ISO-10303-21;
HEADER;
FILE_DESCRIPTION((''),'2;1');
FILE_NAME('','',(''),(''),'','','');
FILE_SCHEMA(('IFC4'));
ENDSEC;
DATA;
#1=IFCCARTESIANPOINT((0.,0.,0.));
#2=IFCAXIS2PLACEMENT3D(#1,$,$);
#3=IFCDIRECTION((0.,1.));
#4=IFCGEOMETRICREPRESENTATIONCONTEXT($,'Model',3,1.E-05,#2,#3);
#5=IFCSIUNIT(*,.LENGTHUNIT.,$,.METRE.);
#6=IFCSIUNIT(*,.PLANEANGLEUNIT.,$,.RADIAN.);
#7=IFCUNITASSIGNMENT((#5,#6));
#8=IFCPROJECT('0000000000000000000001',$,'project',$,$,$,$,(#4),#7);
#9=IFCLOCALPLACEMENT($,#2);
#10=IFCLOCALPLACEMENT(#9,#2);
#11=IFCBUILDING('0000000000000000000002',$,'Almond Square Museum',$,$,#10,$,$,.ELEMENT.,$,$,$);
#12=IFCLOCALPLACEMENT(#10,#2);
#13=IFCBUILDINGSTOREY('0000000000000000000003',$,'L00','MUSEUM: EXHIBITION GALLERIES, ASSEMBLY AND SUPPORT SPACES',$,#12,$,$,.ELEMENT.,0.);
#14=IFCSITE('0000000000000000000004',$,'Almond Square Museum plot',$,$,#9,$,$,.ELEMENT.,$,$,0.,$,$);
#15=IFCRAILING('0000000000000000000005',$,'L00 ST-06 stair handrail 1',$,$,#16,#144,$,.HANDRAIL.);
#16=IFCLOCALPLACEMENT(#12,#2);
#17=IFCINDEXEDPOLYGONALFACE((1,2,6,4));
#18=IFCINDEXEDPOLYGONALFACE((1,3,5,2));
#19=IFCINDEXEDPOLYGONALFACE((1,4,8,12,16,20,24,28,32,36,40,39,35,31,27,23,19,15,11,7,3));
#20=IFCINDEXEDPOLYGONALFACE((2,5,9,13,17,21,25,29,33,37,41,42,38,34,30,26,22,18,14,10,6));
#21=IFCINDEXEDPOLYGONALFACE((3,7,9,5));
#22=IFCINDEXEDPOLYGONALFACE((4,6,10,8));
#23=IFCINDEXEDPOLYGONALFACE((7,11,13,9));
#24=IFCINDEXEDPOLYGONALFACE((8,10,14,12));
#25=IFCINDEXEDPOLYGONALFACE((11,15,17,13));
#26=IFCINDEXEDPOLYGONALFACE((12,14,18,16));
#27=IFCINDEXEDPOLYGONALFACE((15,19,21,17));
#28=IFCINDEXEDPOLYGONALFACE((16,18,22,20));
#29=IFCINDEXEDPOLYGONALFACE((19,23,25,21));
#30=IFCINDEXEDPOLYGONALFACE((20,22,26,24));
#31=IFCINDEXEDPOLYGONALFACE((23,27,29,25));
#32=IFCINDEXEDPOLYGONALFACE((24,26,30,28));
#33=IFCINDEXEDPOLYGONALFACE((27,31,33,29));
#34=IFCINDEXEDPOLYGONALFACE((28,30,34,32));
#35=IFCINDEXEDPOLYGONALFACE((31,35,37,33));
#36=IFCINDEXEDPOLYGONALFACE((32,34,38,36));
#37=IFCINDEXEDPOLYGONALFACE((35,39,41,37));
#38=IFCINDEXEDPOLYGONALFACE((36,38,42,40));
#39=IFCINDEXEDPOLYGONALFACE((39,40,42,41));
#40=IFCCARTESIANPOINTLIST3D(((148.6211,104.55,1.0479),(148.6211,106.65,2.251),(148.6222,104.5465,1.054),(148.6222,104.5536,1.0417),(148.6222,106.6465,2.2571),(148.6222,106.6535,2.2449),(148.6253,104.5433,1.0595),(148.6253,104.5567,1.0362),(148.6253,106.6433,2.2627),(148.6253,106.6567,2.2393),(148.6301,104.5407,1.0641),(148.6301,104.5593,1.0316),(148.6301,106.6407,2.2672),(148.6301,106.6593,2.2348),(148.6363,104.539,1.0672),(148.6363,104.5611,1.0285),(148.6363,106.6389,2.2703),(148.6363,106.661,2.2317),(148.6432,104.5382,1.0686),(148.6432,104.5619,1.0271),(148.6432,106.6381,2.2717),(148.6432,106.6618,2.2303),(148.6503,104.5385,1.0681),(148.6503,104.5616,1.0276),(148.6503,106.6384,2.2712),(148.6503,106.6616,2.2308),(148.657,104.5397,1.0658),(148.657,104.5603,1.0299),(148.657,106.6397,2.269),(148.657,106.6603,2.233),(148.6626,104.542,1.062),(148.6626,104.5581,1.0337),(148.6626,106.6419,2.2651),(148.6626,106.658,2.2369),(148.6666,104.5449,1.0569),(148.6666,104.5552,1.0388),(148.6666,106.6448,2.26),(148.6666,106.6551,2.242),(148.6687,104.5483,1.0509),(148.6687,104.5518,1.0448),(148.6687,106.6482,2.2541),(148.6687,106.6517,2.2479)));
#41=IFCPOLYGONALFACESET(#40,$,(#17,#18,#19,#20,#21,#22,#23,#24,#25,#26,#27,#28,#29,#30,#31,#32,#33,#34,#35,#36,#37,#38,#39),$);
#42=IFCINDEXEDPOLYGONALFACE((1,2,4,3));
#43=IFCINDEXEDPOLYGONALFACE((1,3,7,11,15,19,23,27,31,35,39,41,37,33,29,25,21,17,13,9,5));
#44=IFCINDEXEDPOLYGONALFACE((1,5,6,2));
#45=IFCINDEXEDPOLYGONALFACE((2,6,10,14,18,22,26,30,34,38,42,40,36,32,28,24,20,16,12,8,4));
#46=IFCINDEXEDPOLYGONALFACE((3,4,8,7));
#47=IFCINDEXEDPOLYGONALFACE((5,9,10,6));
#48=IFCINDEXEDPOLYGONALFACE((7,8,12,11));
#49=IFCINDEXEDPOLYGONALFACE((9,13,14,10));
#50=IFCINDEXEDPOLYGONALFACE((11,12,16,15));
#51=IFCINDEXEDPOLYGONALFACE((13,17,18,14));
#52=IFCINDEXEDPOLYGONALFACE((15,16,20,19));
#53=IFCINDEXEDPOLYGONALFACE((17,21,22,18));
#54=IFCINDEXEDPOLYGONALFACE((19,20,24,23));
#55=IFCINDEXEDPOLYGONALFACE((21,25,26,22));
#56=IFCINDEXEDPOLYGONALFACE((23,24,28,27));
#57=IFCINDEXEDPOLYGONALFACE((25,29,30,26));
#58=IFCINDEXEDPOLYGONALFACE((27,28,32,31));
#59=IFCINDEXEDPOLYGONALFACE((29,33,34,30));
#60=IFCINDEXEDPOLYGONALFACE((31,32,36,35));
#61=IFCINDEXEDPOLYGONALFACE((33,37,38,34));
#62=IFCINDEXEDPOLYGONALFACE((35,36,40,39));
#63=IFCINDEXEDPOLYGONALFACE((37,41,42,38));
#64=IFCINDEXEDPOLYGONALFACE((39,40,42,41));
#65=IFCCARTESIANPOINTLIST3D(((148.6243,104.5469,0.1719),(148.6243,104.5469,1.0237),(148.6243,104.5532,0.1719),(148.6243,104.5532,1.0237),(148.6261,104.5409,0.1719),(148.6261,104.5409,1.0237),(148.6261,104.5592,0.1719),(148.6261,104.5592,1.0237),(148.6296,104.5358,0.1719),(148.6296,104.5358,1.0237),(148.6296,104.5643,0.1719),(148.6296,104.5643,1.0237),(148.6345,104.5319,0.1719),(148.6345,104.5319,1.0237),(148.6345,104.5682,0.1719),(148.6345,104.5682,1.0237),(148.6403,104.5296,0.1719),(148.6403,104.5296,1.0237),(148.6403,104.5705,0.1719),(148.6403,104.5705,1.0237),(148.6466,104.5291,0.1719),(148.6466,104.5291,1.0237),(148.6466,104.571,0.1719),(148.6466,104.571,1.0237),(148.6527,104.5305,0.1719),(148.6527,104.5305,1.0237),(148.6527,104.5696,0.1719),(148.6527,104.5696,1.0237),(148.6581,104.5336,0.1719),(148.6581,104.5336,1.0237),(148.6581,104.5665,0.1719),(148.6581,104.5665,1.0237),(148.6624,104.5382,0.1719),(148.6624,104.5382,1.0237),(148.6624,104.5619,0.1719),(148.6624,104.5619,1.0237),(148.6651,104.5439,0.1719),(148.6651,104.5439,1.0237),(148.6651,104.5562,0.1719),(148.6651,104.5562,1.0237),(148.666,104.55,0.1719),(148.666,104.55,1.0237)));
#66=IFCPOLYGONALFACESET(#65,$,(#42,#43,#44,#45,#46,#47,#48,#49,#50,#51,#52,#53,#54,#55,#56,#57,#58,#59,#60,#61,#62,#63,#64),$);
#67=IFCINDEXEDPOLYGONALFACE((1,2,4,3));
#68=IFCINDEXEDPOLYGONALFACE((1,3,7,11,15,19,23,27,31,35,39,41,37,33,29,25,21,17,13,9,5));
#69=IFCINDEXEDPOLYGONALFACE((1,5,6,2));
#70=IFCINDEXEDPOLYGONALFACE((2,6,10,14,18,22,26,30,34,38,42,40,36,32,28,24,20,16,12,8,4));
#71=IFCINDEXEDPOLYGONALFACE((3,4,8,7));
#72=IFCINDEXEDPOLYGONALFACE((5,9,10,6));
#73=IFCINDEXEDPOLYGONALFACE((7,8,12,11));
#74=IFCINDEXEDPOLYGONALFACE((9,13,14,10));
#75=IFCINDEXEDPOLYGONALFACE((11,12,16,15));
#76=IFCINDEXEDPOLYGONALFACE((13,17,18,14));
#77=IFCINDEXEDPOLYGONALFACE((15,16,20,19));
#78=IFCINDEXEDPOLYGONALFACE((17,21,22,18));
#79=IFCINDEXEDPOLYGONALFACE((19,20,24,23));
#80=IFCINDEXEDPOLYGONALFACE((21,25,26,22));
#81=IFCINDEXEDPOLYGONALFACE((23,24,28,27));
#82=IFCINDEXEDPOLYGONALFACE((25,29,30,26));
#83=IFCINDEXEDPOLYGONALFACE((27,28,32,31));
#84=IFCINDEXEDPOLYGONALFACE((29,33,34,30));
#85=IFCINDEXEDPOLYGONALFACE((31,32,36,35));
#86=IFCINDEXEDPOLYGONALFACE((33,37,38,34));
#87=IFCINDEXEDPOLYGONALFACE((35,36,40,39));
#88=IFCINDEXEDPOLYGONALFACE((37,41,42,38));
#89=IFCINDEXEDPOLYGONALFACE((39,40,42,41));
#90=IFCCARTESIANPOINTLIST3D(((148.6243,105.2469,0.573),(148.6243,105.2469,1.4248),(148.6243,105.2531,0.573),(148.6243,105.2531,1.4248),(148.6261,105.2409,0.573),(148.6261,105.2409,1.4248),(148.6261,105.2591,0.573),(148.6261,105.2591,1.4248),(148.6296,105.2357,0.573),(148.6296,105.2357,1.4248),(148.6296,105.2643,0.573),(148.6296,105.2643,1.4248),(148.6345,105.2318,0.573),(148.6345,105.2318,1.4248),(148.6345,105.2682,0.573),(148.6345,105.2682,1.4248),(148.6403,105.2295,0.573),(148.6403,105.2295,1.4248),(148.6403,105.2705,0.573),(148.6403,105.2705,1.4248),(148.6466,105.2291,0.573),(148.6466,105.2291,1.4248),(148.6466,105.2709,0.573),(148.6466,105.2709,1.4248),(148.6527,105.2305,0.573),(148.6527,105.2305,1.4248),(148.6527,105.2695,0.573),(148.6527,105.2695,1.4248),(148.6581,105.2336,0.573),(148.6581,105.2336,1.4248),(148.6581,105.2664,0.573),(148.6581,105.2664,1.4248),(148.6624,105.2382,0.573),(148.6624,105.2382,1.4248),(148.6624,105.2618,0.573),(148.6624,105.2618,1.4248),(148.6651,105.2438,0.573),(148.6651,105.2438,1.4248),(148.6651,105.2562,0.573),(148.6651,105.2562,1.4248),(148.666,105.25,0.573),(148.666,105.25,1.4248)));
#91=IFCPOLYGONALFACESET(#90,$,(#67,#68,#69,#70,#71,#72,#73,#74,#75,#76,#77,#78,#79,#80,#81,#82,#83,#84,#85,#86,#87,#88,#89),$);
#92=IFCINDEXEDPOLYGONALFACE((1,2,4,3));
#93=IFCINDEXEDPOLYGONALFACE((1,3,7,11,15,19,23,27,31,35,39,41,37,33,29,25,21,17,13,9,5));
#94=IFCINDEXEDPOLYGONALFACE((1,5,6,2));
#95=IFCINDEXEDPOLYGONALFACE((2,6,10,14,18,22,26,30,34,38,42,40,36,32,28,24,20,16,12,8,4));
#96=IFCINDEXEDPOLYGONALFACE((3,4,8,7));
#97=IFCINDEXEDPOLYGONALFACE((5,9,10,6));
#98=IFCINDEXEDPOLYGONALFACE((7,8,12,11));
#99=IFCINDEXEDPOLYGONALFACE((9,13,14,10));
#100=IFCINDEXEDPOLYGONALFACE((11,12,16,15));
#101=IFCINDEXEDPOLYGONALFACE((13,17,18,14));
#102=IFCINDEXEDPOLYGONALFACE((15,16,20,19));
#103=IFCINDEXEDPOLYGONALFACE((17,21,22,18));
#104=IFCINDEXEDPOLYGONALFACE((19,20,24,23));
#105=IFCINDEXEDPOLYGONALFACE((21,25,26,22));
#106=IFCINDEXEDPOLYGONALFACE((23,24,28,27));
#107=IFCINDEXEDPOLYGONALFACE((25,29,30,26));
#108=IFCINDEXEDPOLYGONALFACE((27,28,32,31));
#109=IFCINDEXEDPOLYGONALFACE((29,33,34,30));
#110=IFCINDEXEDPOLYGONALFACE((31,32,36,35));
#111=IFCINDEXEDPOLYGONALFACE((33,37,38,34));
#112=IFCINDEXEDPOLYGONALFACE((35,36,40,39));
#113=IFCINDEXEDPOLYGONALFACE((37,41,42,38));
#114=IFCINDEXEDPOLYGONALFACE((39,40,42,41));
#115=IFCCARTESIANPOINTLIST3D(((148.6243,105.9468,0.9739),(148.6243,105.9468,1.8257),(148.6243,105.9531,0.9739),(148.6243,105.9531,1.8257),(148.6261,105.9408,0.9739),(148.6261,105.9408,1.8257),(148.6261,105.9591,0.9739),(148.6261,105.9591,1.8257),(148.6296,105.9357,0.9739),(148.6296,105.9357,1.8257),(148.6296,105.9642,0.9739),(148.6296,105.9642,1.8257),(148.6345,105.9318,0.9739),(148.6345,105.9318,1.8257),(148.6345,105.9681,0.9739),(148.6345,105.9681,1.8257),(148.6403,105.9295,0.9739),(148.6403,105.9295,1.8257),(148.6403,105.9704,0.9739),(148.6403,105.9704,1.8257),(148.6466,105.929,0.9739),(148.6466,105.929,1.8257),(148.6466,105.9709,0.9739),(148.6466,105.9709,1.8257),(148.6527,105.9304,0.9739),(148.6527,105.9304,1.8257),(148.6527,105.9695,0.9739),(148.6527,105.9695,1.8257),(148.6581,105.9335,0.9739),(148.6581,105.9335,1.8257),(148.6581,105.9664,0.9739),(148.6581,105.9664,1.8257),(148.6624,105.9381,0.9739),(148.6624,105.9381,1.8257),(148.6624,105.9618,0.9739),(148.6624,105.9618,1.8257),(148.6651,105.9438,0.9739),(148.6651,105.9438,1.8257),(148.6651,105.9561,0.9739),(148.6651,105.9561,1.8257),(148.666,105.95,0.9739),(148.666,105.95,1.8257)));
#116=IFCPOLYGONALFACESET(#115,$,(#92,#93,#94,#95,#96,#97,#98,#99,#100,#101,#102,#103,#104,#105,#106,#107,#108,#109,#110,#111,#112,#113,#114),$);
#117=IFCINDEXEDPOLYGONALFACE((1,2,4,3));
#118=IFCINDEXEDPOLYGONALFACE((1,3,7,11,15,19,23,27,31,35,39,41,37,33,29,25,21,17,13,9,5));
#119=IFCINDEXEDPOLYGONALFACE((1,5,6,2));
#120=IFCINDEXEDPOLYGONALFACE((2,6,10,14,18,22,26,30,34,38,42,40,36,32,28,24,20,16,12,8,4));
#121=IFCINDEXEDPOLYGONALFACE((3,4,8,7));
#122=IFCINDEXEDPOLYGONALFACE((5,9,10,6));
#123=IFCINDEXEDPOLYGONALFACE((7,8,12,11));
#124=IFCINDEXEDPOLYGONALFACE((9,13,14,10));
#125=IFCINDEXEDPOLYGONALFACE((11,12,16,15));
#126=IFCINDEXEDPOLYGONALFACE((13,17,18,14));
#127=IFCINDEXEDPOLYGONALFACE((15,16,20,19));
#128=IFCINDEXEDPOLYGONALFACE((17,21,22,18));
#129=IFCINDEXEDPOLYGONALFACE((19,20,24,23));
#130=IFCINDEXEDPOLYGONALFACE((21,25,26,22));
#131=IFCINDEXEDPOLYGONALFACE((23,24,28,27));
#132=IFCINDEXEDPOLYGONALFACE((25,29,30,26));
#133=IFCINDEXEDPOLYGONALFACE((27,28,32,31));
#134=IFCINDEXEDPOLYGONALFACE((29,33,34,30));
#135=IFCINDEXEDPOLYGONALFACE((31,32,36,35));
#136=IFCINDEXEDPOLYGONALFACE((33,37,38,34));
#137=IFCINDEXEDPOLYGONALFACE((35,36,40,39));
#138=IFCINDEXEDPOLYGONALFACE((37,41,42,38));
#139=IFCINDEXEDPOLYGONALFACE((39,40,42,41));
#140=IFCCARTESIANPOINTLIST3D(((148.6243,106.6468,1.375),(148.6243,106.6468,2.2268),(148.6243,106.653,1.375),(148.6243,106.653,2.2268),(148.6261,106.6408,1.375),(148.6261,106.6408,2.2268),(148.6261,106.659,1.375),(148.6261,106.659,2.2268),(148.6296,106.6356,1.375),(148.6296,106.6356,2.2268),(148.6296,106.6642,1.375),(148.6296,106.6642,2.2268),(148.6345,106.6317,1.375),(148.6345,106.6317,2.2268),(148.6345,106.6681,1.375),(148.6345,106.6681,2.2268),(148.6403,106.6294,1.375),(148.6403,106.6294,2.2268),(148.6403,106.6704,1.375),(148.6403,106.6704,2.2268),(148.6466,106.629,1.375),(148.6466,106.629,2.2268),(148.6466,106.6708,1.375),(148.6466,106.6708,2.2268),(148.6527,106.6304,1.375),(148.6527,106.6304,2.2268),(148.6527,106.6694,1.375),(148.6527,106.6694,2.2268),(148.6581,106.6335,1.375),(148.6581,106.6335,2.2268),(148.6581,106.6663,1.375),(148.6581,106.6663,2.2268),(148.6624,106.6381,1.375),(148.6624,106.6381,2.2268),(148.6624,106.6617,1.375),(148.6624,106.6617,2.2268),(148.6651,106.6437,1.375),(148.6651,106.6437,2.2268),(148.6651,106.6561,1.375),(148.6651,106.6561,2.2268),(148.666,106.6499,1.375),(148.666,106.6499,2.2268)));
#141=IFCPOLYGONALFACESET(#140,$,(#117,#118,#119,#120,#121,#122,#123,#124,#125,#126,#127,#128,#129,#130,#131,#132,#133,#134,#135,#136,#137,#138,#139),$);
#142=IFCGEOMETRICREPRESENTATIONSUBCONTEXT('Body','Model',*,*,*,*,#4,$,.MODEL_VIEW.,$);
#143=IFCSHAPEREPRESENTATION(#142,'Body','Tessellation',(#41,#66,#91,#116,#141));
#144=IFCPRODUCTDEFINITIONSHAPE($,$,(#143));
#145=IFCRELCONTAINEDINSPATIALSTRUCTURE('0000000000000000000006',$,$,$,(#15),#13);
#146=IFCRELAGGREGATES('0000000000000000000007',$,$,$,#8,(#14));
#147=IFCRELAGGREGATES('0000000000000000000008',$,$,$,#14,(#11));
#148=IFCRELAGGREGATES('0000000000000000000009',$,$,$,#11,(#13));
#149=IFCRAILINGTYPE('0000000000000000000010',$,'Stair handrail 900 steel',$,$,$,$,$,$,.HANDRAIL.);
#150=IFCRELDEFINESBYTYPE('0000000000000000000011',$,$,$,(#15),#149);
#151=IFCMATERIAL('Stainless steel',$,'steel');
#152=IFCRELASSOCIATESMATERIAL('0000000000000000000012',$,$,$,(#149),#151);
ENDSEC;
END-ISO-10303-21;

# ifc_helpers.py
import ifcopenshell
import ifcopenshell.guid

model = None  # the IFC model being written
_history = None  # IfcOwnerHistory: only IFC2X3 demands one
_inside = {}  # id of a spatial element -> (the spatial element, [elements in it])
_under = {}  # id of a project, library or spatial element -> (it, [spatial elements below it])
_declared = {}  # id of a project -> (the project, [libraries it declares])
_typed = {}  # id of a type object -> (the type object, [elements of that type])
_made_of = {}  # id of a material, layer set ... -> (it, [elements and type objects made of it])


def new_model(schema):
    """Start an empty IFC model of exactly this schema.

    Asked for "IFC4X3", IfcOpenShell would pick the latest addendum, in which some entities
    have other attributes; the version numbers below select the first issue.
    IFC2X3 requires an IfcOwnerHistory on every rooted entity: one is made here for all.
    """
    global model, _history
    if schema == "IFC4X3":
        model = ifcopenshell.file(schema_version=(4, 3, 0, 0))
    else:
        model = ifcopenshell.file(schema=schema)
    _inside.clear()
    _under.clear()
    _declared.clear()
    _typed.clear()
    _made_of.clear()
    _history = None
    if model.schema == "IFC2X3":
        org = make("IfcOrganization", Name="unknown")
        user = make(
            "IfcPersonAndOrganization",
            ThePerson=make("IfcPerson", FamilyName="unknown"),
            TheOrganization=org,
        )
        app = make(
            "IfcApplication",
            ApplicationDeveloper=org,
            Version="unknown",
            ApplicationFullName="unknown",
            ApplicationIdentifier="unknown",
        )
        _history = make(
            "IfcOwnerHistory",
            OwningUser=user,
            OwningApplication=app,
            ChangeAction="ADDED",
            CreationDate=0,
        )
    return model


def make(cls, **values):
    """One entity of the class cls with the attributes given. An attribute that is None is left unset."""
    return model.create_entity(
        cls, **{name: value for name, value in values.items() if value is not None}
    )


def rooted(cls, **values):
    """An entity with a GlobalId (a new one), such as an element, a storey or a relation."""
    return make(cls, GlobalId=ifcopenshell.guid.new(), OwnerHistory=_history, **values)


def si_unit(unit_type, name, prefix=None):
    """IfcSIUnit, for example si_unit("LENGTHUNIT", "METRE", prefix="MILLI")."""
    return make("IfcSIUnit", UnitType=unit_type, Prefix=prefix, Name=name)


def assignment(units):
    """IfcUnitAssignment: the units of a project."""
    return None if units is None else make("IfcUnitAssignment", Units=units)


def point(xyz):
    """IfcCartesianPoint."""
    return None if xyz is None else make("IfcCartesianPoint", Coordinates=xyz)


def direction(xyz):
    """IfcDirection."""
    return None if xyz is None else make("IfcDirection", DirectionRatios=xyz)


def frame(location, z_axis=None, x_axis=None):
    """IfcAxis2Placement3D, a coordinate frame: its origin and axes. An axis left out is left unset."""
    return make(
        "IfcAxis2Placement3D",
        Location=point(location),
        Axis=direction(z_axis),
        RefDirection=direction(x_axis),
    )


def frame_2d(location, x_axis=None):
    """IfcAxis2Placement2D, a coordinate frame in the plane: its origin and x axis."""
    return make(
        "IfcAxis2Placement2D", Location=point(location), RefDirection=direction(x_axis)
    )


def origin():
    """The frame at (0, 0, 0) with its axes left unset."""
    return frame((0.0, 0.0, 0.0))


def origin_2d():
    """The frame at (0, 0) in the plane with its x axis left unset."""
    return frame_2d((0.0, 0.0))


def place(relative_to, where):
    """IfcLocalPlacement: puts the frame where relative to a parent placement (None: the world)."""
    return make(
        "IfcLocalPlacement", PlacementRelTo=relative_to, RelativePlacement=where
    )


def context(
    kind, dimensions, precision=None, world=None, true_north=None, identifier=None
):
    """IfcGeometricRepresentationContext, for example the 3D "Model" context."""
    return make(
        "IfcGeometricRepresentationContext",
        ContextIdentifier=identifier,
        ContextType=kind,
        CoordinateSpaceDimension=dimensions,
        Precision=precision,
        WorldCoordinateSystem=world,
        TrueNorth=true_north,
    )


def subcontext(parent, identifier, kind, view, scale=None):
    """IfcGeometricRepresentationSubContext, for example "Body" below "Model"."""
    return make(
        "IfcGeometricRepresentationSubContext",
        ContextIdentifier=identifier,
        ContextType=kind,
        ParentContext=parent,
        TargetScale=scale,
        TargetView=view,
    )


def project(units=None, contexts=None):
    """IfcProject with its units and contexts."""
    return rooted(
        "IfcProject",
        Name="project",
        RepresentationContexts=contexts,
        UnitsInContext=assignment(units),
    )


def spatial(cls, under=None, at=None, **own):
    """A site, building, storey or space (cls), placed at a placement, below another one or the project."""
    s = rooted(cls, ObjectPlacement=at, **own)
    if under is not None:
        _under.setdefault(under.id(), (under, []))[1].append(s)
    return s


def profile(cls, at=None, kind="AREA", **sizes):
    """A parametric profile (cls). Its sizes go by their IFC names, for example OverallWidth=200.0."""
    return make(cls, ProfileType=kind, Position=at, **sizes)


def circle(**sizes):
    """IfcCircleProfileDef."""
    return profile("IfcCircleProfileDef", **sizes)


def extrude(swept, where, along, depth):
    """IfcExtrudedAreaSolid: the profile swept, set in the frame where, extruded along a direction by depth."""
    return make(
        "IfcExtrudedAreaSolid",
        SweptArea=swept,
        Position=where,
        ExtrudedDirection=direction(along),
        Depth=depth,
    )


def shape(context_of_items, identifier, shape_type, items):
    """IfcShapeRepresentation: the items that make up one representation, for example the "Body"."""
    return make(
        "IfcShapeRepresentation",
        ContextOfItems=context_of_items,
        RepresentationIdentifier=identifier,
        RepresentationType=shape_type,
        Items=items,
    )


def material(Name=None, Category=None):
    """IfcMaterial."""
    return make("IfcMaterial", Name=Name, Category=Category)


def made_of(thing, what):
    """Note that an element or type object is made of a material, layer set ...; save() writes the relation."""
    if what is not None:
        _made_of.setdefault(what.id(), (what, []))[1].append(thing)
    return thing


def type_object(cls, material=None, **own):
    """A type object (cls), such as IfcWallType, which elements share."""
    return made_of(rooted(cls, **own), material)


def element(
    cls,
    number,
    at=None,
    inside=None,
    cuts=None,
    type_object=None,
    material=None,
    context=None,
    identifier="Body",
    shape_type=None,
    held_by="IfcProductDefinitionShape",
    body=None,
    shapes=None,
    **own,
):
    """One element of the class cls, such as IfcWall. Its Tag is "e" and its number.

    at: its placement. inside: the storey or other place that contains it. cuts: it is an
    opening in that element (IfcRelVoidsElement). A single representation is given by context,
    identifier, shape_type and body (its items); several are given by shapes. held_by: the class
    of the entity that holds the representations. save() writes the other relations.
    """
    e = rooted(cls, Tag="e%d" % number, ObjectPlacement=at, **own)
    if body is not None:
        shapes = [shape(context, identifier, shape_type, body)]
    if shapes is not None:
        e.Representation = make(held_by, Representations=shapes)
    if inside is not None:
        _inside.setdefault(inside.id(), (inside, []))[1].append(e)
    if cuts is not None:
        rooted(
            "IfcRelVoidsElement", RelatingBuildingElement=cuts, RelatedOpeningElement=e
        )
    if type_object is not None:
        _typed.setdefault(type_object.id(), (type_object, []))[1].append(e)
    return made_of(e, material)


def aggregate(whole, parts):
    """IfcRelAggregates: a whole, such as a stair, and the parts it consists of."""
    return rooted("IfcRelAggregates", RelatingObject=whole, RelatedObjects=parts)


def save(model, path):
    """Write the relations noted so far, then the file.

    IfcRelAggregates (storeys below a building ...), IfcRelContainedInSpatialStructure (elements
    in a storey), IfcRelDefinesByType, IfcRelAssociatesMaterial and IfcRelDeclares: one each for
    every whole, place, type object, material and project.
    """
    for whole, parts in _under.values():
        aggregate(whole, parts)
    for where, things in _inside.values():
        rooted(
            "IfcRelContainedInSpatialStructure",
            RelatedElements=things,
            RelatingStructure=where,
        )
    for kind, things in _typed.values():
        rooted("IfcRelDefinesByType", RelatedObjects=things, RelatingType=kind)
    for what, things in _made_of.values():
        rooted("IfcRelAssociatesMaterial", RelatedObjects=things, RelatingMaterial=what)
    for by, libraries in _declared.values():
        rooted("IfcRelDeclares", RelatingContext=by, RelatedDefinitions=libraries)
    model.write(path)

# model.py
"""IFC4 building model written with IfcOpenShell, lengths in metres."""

from ifc_helpers import new_model, si_unit, direction, frame, origin, origin_2d, place, context, subcontext, project, spatial, circle, extrude, material, type_object, element, save


model = new_model("IFC4")

# Units and contexts
model_context = context("Model", 3, precision=1e-05, world=origin(), true_north=direction((0.0, 1.0)))
body_context = subcontext(model_context, "Body", "Model", "MODEL_VIEW")
ifc_project = project(units=[si_unit("LENGTHUNIT", "METRE"), si_unit("PLANEANGLEUNIT", "RADIAN")], contexts=[model_context])

# Site, building, storey
site_placement = place(None, origin())
site = spatial("IfcSite", under=ifc_project, at=site_placement, Name="Almond Square Museum plot", CompositionType="ELEMENT", RefElevation=0.0)
building_placement = place(site_placement, origin())
building = spatial("IfcBuilding", under=site, at=building_placement, Name="Almond Square Museum", CompositionType="ELEMENT")
storey_placement = place(building_placement, origin())
storey = spatial("IfcBuildingStorey", under=building, at=storey_placement, Name="L00", Description="MUSEUM: EXHIBITION GALLERIES, ASSEMBLY AND SUPPORT SPACES", CompositionType="ELEMENT", Elevation=0.0)

# Railing
ifc_material_1 = material(Name="Stainless steel", Category="steel")
railing_type_1 = type_object("IfcRailingType", Name="Stair handrail 900 steel", PredefinedType="HANDRAIL", material=ifc_material_1)
for number, where, name in (
    (1, (148.645, 104.55, 0.1719), "L00 ST-06 stair handrail 1"),
):
    element("IfcRailing", number, at=place(storey_placement, frame(where)), inside=storey, type_object=railing_type_1, Name=name, PredefinedType="HANDRAIL", context=body_context, shape_type="SweptSolid", body=[
        extrude(circle(Radius=0.0239, at=origin_2d()), frame((0.0, 0.0, 0.876), z_axis=(0.0, 0.867671, 0.497138), x_axis=(-1.0, 0.0, 0.0)), (0.0, 0.0, 1.0), 2.4202),
        extrude(circle(Radius=0.021, at=origin_2d()), origin(), (0.0, 0.0, 1.0), 0.8518),
        extrude(circle(Radius=0.021, at=origin_2d()), frame((0.0, 0.7, 0.4011)), (0.0, 0.0, 1.0), 0.8518),
        extrude(circle(Radius=0.021, at=origin_2d()), frame((0.0, 1.3999, 0.802)), (0.0, 0.0, 1.0), 0.8518),
        extrude(circle(Radius=0.021, at=origin_2d()), frame((0.0, 2.0999, 1.2031)), (0.0, 0.0, 1.0), 0.8518),
    ])

save(model, "model.ifc")
